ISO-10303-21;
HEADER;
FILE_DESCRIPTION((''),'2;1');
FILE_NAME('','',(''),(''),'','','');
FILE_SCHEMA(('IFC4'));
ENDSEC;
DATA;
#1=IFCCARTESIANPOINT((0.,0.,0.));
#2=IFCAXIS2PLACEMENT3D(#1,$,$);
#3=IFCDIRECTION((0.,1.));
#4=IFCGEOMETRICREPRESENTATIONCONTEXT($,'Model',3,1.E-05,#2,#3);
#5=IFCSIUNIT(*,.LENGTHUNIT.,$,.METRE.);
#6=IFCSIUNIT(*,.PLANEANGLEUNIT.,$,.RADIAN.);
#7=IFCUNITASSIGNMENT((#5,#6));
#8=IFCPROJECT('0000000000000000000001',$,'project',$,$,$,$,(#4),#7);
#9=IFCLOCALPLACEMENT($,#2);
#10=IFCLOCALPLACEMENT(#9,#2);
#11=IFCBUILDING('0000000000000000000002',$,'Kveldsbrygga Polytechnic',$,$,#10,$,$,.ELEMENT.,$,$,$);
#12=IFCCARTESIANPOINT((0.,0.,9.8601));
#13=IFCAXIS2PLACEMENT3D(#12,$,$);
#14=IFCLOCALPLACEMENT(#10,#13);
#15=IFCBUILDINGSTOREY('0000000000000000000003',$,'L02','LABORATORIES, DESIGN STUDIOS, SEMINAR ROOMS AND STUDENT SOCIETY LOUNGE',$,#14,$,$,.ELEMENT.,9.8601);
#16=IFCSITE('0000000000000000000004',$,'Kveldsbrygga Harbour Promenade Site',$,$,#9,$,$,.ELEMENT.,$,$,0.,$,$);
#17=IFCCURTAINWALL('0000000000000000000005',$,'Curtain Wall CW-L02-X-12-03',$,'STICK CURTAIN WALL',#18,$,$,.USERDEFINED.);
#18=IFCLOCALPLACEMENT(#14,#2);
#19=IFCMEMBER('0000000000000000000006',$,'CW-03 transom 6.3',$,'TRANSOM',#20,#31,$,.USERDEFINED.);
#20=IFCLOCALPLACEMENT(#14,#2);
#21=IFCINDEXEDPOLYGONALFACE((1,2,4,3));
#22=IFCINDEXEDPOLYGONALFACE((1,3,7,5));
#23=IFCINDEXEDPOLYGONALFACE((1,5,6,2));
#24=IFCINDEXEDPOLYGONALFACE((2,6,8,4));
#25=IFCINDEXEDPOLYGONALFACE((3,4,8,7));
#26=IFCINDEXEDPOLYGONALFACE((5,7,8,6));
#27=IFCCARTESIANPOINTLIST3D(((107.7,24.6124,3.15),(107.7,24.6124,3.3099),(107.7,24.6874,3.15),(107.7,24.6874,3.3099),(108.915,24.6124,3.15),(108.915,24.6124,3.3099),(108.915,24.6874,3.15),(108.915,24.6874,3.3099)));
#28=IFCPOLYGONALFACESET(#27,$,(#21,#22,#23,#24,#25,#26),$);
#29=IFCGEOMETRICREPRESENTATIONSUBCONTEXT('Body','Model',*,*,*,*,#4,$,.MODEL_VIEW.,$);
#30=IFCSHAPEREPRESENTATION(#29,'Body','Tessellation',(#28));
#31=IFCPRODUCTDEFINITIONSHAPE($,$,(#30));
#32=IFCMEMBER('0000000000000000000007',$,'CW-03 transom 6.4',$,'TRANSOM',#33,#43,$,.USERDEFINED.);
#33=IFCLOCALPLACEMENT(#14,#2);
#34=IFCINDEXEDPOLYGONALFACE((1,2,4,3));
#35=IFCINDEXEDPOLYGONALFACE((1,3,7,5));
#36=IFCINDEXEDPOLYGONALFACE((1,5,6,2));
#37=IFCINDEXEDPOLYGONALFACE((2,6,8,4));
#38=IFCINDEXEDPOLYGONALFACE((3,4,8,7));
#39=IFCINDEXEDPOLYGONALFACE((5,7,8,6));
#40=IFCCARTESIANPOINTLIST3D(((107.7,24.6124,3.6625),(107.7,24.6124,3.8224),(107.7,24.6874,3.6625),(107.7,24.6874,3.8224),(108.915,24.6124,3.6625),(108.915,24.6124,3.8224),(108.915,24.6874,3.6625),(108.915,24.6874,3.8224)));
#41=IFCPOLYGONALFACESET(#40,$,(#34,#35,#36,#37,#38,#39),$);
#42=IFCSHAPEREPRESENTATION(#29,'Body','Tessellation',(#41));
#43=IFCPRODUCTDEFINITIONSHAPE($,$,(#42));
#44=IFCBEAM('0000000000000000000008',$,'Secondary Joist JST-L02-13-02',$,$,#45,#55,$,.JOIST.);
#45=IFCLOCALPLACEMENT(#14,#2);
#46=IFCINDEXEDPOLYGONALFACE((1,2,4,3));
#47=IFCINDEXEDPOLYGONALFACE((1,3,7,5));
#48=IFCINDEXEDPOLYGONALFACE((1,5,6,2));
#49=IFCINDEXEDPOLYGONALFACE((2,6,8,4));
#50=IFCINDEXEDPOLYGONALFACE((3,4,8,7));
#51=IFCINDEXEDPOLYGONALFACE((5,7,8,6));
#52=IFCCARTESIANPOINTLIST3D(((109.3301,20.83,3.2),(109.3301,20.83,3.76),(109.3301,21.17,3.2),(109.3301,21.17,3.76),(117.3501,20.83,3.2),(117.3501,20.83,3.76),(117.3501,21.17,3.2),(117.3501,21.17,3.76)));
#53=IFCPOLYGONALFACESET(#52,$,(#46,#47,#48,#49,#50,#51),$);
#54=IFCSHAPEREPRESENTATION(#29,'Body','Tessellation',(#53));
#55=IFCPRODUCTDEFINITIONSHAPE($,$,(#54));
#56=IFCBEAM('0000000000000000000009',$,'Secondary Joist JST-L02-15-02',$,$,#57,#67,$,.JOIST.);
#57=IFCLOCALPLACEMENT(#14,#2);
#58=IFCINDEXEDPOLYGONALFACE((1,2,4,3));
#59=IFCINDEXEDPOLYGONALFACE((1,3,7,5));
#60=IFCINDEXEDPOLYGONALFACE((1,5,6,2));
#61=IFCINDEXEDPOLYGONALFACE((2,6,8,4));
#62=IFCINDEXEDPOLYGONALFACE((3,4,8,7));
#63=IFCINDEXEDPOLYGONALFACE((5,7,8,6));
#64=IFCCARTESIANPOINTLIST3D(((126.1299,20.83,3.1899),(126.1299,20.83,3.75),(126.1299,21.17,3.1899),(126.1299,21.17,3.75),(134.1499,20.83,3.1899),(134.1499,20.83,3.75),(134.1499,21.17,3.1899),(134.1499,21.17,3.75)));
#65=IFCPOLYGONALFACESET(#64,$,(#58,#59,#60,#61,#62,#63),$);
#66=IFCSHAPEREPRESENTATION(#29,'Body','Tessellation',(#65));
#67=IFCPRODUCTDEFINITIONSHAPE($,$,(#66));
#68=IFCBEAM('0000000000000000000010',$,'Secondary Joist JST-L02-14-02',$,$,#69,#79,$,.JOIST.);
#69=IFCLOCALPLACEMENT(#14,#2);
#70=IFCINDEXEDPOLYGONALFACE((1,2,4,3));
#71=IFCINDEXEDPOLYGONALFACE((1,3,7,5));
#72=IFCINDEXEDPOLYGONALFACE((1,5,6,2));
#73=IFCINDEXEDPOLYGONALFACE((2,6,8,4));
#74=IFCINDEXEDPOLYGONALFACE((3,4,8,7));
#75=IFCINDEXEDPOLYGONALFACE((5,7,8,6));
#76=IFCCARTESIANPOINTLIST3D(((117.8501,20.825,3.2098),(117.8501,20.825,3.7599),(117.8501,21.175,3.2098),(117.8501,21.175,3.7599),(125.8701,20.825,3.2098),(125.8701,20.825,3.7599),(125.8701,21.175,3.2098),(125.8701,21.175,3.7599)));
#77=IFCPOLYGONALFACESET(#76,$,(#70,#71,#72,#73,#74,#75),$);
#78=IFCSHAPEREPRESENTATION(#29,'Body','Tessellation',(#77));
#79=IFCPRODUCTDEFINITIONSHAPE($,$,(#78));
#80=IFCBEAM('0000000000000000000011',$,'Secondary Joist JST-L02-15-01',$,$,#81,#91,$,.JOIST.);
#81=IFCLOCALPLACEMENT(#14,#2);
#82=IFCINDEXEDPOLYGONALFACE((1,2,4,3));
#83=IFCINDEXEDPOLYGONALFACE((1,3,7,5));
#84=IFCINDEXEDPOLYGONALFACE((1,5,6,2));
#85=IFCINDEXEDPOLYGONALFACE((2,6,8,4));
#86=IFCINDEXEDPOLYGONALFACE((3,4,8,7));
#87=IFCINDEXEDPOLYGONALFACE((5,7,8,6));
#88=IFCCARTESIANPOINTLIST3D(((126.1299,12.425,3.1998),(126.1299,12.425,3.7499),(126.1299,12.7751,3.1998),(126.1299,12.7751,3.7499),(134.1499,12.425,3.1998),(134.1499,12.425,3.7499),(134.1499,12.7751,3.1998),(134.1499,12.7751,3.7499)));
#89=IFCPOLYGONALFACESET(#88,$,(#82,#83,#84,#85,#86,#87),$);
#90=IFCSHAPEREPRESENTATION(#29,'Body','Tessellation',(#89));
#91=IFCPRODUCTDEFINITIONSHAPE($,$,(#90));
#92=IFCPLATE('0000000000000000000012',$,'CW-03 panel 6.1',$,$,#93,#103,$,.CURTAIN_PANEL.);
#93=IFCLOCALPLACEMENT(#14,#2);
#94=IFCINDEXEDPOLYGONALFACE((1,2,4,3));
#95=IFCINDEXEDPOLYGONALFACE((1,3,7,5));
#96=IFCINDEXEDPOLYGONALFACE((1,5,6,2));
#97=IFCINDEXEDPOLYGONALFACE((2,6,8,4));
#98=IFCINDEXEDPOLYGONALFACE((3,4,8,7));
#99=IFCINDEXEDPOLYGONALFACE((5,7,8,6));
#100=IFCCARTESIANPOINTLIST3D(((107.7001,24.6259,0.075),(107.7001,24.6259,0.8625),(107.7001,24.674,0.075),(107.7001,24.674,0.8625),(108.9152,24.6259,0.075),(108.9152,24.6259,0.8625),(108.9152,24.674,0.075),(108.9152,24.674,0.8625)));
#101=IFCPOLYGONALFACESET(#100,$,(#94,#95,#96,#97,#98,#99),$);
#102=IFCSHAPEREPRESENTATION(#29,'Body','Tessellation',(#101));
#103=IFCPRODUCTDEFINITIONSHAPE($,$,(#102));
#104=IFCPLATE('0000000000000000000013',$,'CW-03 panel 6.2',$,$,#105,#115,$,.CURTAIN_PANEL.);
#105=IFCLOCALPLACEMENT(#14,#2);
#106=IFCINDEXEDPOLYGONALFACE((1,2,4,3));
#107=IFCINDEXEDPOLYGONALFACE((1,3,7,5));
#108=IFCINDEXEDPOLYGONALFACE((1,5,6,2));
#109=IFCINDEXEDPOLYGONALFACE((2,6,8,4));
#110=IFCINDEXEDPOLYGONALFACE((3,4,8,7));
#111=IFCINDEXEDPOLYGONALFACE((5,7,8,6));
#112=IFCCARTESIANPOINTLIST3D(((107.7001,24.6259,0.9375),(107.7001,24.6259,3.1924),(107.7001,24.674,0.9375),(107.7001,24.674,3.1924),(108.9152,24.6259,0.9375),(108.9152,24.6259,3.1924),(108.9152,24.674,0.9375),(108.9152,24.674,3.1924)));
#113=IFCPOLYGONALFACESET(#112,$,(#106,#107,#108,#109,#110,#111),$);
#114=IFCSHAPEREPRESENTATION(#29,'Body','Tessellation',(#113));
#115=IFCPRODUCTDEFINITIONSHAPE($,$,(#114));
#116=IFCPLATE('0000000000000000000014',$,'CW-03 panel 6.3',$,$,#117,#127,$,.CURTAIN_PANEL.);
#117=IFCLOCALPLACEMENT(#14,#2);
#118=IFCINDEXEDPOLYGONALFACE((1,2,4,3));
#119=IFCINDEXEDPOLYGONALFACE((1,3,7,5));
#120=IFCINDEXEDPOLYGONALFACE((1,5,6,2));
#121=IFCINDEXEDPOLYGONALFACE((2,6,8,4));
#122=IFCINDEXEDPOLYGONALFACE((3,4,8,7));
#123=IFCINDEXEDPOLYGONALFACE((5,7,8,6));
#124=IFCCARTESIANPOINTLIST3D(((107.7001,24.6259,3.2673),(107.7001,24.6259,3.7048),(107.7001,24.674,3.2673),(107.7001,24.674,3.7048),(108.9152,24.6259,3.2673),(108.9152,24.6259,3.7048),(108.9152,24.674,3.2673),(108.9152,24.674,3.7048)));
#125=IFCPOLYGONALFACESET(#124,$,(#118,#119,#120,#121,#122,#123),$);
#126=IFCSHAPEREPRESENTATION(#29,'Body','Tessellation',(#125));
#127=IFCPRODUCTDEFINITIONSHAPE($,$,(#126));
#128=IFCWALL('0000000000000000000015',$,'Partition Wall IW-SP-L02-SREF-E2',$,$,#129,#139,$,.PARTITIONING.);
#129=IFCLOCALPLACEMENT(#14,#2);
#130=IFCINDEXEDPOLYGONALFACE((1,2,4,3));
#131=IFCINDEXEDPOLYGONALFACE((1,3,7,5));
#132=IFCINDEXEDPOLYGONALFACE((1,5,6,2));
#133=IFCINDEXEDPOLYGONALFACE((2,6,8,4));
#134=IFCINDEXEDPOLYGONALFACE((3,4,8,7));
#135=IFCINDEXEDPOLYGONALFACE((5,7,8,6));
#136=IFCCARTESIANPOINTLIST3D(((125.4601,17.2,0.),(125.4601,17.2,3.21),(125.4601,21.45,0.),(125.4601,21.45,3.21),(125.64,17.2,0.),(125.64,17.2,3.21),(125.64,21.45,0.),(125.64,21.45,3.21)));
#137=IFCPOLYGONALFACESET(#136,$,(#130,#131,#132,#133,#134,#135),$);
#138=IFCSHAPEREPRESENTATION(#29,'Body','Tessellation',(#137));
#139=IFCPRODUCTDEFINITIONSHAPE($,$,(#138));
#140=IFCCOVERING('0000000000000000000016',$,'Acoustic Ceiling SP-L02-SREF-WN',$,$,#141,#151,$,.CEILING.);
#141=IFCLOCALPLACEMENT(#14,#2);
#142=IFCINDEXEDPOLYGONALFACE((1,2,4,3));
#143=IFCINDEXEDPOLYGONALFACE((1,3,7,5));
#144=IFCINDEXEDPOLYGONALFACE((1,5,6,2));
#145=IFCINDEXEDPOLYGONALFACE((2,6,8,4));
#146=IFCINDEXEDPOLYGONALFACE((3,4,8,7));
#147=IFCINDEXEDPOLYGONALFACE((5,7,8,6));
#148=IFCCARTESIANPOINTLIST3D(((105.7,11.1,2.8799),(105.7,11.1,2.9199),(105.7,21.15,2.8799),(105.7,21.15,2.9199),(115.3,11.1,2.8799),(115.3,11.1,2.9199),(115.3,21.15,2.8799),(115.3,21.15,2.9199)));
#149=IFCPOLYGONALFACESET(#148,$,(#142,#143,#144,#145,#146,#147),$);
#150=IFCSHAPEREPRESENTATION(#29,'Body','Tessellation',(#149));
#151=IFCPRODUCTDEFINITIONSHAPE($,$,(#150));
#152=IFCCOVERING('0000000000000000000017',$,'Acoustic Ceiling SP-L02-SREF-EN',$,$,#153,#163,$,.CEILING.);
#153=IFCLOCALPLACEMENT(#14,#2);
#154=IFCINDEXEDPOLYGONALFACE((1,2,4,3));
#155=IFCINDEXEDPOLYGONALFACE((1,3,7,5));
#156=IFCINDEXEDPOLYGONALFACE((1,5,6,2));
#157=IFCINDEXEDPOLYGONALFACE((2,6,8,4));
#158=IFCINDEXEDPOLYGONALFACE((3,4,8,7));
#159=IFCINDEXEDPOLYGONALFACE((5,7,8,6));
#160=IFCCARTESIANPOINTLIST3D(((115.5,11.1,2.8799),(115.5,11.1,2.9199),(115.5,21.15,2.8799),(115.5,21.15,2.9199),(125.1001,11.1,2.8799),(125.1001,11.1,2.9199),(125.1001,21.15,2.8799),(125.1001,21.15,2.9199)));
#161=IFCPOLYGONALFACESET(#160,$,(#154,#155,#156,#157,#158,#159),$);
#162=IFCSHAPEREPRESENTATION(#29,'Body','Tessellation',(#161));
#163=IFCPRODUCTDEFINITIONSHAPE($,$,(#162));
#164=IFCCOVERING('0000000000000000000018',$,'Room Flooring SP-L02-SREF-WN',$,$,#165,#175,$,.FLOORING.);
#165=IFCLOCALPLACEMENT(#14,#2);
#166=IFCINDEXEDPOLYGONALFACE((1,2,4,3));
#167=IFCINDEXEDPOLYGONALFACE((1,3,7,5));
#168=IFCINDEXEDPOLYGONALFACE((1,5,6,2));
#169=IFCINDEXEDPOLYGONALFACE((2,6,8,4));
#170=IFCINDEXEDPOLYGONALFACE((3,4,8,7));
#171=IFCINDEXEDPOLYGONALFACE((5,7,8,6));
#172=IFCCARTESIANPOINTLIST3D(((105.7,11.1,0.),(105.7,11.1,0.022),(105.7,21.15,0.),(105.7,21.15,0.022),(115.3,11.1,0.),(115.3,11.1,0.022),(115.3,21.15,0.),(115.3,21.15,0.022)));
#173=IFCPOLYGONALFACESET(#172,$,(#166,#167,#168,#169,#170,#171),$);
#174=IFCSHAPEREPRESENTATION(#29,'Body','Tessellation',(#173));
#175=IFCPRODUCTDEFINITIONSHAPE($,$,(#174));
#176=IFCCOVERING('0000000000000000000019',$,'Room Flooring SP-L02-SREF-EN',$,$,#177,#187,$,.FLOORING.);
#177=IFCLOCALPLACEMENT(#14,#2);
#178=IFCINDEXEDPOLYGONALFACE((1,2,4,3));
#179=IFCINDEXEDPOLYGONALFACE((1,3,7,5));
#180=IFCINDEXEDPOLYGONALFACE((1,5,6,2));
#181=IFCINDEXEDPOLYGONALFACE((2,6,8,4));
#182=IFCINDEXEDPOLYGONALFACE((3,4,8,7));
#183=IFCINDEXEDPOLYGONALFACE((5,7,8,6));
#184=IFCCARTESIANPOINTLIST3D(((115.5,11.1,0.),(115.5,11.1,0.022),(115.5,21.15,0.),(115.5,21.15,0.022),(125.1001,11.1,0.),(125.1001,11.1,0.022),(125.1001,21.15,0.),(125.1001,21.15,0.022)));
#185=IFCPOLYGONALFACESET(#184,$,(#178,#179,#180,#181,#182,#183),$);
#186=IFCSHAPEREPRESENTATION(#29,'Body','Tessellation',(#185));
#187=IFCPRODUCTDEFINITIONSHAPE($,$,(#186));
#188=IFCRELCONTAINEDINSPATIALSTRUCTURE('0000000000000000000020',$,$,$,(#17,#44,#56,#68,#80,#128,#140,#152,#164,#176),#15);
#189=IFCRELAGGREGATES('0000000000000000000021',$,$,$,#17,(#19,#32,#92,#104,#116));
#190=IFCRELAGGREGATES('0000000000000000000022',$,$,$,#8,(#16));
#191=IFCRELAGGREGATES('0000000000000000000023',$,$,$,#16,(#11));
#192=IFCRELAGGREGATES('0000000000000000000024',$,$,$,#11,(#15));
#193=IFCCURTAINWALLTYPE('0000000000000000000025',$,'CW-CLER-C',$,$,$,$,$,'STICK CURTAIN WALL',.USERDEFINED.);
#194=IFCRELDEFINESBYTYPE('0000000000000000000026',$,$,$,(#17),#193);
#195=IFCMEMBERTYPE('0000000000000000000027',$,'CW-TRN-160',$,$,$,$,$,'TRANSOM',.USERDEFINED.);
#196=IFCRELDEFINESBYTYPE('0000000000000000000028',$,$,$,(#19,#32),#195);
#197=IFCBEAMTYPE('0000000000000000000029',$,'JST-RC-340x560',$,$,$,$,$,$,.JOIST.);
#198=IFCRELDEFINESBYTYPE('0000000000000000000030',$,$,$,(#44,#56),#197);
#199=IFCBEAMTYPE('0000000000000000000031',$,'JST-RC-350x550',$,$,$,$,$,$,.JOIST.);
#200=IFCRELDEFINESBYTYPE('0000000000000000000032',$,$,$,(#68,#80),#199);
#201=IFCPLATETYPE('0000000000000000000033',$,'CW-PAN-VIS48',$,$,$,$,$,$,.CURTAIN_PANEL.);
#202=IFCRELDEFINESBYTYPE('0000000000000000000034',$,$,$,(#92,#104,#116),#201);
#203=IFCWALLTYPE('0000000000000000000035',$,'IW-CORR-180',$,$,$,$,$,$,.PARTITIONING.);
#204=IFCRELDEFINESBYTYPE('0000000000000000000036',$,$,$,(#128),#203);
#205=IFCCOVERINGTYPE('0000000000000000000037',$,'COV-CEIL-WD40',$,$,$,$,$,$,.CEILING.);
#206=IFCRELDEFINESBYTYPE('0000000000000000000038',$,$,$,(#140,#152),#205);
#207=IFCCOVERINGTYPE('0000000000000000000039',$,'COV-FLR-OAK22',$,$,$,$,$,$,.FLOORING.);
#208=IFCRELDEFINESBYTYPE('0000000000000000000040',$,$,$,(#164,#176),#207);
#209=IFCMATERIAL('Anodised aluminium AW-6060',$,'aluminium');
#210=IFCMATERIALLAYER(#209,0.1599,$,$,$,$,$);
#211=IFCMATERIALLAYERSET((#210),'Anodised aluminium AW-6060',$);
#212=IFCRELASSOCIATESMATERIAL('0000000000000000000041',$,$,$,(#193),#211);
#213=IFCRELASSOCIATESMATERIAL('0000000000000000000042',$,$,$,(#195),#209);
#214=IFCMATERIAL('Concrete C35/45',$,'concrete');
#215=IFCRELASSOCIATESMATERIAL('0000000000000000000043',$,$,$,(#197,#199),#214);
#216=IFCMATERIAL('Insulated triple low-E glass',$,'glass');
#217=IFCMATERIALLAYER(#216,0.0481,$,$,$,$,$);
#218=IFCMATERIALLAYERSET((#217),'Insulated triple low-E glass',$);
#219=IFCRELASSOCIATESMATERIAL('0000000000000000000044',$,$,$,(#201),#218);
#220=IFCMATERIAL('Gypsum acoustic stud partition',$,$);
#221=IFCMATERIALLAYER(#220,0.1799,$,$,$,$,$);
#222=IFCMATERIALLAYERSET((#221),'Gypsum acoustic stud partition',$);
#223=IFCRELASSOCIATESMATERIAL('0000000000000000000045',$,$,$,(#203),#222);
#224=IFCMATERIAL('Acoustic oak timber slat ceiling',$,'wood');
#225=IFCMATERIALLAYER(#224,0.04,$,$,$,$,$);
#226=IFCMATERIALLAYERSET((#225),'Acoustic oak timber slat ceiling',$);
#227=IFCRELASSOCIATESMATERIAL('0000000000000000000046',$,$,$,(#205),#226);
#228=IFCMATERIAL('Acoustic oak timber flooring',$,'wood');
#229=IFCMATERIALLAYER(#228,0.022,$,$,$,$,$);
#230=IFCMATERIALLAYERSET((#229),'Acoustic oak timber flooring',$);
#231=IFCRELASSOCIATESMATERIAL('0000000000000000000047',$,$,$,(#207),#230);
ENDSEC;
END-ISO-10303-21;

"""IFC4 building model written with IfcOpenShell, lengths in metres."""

from ifc_helpers import new_model, si_unit, direction, frame, frame_2d, origin, origin_2d, place, context, subcontext, project, spatial, rectangle, extrude, material, layer, layer_set, material_profile, profile_set, type_object, element, aggregate, save


model = new_model("IFC4")

# Units and contexts
model_context = context("Model", 3, precision=1e-05, world=origin(), true_north=direction((0.0, 1.0)))
body_context = subcontext(model_context, "Body", "Model", "MODEL_VIEW")
ifc_project = project(units=[si_unit("LENGTHUNIT", "METRE"), si_unit("PLANEANGLEUNIT", "RADIAN")], contexts=[model_context])

# Site, building, storey
site_placement = place(None, origin())
site = spatial("IfcSite", under=ifc_project, at=site_placement, Name="Kveldsbrygga Harbour Promenade Site", CompositionType="ELEMENT", RefElevation=0.0)
building_placement = place(site_placement, origin())
building = spatial("IfcBuilding", under=site, at=building_placement, Name="Kveldsbrygga Polytechnic", CompositionType="ELEMENT")
storey_placement = place(building_placement, frame((0.0, 0.0, 9.8601)))
storey = spatial("IfcBuildingStorey", under=building, at=storey_placement, Name="L02", Description="LABORATORIES, DESIGN STUDIOS, SEMINAR ROOMS AND STUDENT SOCIETY LOUNGE", CompositionType="ELEMENT", Elevation=9.8601)

# Shared definitions
ifc_material_1 = material(Name="Concrete C35/45", Category="concrete")

# Curtain wall, members
ifc_material_2 = material(Name="Anodised aluminium AW-6060", Category="aluminium")
ifc_layer_1 = layer(ifc_material_2, 0.1599)
ifc_layer_set_1 = layer_set([ifc_layer_1], Name="Anodised aluminium AW-6060")
curtain_wall_type = type_object("IfcCurtainWallType", Name="CW-CLER-C", ElementType="STICK CURTAIN WALL", PredefinedType="USERDEFINED", material=ifc_layer_set_1)
curtain_wall_placement = place(storey_placement, origin())
curtain_wall = element("IfcCurtainWall", 1, at=curtain_wall_placement, inside=storey, type_object=curtain_wall_type, Name="Curtain Wall CW-L02-X-12-03", ObjectType="STICK CURTAIN WALL", PredefinedType="USERDEFINED")
ifc_material_profile_1 = material_profile(ifc_material_2, rectangle(XDim=0.075, YDim=0.1599, at=origin_2d()), Name="ALU 75x160")
ifc_profile_set_1 = profile_set([ifc_material_profile_1], Name="Anodised aluminium AW-6060")
member_type = type_object("IfcMemberType", Name="CW-TRN-160", ElementType="TRANSOM", PredefinedType="USERDEFINED", material=ifc_profile_set_1)
member_1_placement = place(storey_placement, frame((107.7, 24.6499, 3.23), z_axis=(1.0, 0.0, 0.0), x_axis=(0.0, 1.0, 0.0)))
member_1 = element("IfcMember", 2, at=member_1_placement, type_object=member_type, Name="CW-03 transom 6.3", ObjectType="TRANSOM", PredefinedType="USERDEFINED", context=body_context, shape_type="SweptSolid", body=[
    extrude(rectangle(XDim=0.075, YDim=0.1599, at=origin_2d()), origin(), (0.0, 0.0, 1.0), 1.2151),
])
member_2_placement = place(storey_placement, frame((107.7, 24.6499, 3.7424), z_axis=(1.0, 0.0, 0.0), x_axis=(0.0, 1.0, 0.0)))
member_2 = element("IfcMember", 3, at=member_2_placement, type_object=member_type, Name="CW-03 transom 6.4", ObjectType="TRANSOM", PredefinedType="USERDEFINED", context=body_context, shape_type="SweptSolid", body=[
    extrude(rectangle(XDim=0.075, YDim=0.1599, at=origin_2d()), origin(), (0.0, 0.0, 1.0), 1.2151),
])

# Beams
ifc_material_profile_2 = material_profile(ifc_material_1, rectangle(XDim=0.3401, YDim=0.5601, at=origin_2d()), Name="RC 340x560")
ifc_profile_set_2 = profile_set([ifc_material_profile_2], Name="Concrete C35/45")
beam_type_1 = type_object("IfcBeamType", Name="JST-RC-340x560", PredefinedType="JOIST", material=ifc_profile_set_2)
for number, where, z_axis, x_axis, name in (
    (4, (109.3301, 21.0, 3.48), (1.0, 0.0, 0.0), (0.0, 1.0, 0.0), "Secondary Joist JST-L02-13-02"),
    (5, (126.1299, 21.0, 3.47), (1.0, 0.0, 0.0), (0.0, 1.0, 0.0), "Secondary Joist JST-L02-15-02"),
):
    element("IfcBeam", number, at=place(storey_placement, frame(where, z_axis=z_axis, x_axis=x_axis)), inside=storey, type_object=beam_type_1, Name=name, PredefinedType="JOIST", context=body_context, shape_type="SweptSolid", body=[
        extrude(rectangle(XDim=0.3401, YDim=0.5601, at=origin_2d()), origin(), (0.0, 0.0, 1.0), 8.02),
    ])
ifc_material_profile_3 = material_profile(ifc_material_1, rectangle(XDim=0.3501, YDim=0.55, at=origin_2d()), Name="RC 350x550")
ifc_profile_set_3 = profile_set([ifc_material_profile_3], Name="Concrete C35/45")
beam_type_2 = type_object("IfcBeamType", Name="JST-RC-350x550", PredefinedType="JOIST", material=ifc_profile_set_3)
for number, where, z_axis, x_axis, name in (
    (6, (117.8501, 21.0, 3.4849), (1.0, 0.0, 0.0), (0.0, 1.0, 0.0), "Secondary Joist JST-L02-14-02"),
    (7, (126.1299, 12.6001, 3.4749), (1.0, 0.0, 0.0), (0.0, 1.0, 0.0), "Secondary Joist JST-L02-15-01"),
):
    element("IfcBeam", number, at=place(storey_placement, frame(where, z_axis=z_axis, x_axis=x_axis)), inside=storey, type_object=beam_type_2, Name=name, PredefinedType="JOIST", context=body_context, shape_type="SweptSolid", body=[
        extrude(rectangle(XDim=0.3501, YDim=0.55, at=origin_2d()), origin(), (0.0, 0.0, 1.0), 8.02),
    ])

# Plates
ifc_material_3 = material(Name="Insulated triple low-E glass", Category="glass")
ifc_layer_2 = layer(ifc_material_3, 0.0481)
ifc_layer_set_2 = layer_set([ifc_layer_2], Name="Insulated triple low-E glass")
plate_type = type_object("IfcPlateType", Name="CW-PAN-VIS48", PredefinedType="CURTAIN_PANEL", material=ifc_layer_set_2)
plate_1_placement = place(storey_placement, frame((108.3076, 24.6499, 0.075), z_axis=(0.0, 0.0, 1.0), x_axis=(1.0, 0.0, 0.0)))
plate_1 = element("IfcPlate", 8, at=plate_1_placement, type_object=plate_type, Name="CW-03 panel 6.1", PredefinedType="CURTAIN_PANEL", context=body_context, shape_type="SweptSolid", body=[
    extrude(rectangle(XDim=1.2151, YDim=0.0481, at=origin_2d()), origin(), (0.0, 0.0, 1.0), 0.7876),
])
plate_2_placement = place(storey_placement, frame((108.3076, 24.6499, 0.9375), z_axis=(0.0, 0.0, 1.0), x_axis=(1.0, 0.0, 0.0)))
plate_2 = element("IfcPlate", 9, at=plate_2_placement, type_object=plate_type, Name="CW-03 panel 6.2", PredefinedType="CURTAIN_PANEL", context=body_context, shape_type="SweptSolid", body=[
    extrude(rectangle(XDim=1.2151, YDim=0.0481, at=origin_2d()), origin(), (0.0, 0.0, 1.0), 2.2549),
])
plate_3_placement = place(storey_placement, frame((108.3076, 24.6499, 3.2673), z_axis=(0.0, 0.0, 1.0), x_axis=(1.0, 0.0, 0.0)))
plate_3 = element("IfcPlate", 10, at=plate_3_placement, type_object=plate_type, Name="CW-03 panel 6.3", PredefinedType="CURTAIN_PANEL", context=body_context, shape_type="SweptSolid", body=[
    extrude(rectangle(XDim=1.2151, YDim=0.0481, at=origin_2d()), origin(), (0.0, 0.0, 1.0), 0.4375),
])
aggregate(curtain_wall, [member_1, member_2, plate_1, plate_2, plate_3])

# Wall
ifc_material_4 = material(Name="Gypsum acoustic stud partition")
ifc_layer_3 = layer(ifc_material_4, 0.1799)
ifc_layer_set_3 = layer_set([ifc_layer_3], Name="Gypsum acoustic stud partition")
wall_type = type_object("IfcWallType", Name="IW-CORR-180", PredefinedType="PARTITIONING", material=ifc_layer_set_3)
wall_placement = place(storey_placement, frame((125.55, 17.2, 0.0), z_axis=(0.0, 0.0, 1.0), x_axis=(0.0, 1.0, 0.0)))
element("IfcWall", 11, at=wall_placement, inside=storey, type_object=wall_type, Name="Partition Wall IW-SP-L02-SREF-E2", PredefinedType="PARTITIONING", context=body_context, shape_type="SweptSolid", body=[
    extrude(rectangle(XDim=4.25, YDim=0.1799, at=frame_2d((2.125, 0.0))), origin(), (0.0, 0.0, 1.0), 3.21),
])

# Coverings
ifc_material_5 = material(Name="Acoustic oak timber slat ceiling", Category="wood")
ifc_layer_4 = layer(ifc_material_5, 0.04)
ifc_layer_set_4 = layer_set([ifc_layer_4], Name="Acoustic oak timber slat ceiling")
covering_type_1 = type_object("IfcCoveringType", Name="COV-CEIL-WD40", PredefinedType="CEILING", material=ifc_layer_set_4)
for number, where, z_axis, x_axis, name in (
    (12, (110.5, 16.125, 2.8799), (0.0, 0.0, 1.0), (1.0, 0.0, 0.0), "Acoustic Ceiling SP-L02-SREF-WN"),
    (13, (120.3, 16.125, 2.8799), (0.0, 0.0, 1.0), (1.0, 0.0, 0.0), "Acoustic Ceiling SP-L02-SREF-EN"),
):
    element("IfcCovering", number, at=place(storey_placement, frame(where, z_axis=z_axis, x_axis=x_axis)), inside=storey, type_object=covering_type_1, Name=name, PredefinedType="CEILING", context=body_context, shape_type="SweptSolid", body=[
        extrude(rectangle(XDim=9.6001, YDim=10.05, at=origin_2d()), origin(), (0.0, 0.0, 1.0), 0.04),
    ])
ifc_material_6 = material(Name="Acoustic oak timber flooring", Category="wood")
ifc_layer_5 = layer(ifc_material_6, 0.022)
ifc_layer_set_5 = layer_set([ifc_layer_5], Name="Acoustic oak timber flooring")
covering_type_2 = type_object("IfcCoveringType", Name="COV-FLR-OAK22", PredefinedType="FLOORING", material=ifc_layer_set_5)
for number, where, z_axis, x_axis, name in (
    (14, (110.5, 16.125, 0.0), (0.0, 0.0, 1.0), (1.0, 0.0, 0.0), "Room Flooring SP-L02-SREF-WN"),
    (15, (120.3, 16.125, 0.0), (0.0, 0.0, 1.0), (1.0, 0.0, 0.0), "Room Flooring SP-L02-SREF-EN"),
):
    element("IfcCovering", number, at=place(storey_placement, frame(where, z_axis=z_axis, x_axis=x_axis)), inside=storey, type_object=covering_type_2, Name=name, PredefinedType="FLOORING", context=body_context, shape_type="SweptSolid", body=[
        extrude(rectangle(XDim=9.6001, YDim=10.05, at=origin_2d()), origin(), (0.0, 0.0, 1.0), 0.022),
    ])

save(model, "model.ifc")
